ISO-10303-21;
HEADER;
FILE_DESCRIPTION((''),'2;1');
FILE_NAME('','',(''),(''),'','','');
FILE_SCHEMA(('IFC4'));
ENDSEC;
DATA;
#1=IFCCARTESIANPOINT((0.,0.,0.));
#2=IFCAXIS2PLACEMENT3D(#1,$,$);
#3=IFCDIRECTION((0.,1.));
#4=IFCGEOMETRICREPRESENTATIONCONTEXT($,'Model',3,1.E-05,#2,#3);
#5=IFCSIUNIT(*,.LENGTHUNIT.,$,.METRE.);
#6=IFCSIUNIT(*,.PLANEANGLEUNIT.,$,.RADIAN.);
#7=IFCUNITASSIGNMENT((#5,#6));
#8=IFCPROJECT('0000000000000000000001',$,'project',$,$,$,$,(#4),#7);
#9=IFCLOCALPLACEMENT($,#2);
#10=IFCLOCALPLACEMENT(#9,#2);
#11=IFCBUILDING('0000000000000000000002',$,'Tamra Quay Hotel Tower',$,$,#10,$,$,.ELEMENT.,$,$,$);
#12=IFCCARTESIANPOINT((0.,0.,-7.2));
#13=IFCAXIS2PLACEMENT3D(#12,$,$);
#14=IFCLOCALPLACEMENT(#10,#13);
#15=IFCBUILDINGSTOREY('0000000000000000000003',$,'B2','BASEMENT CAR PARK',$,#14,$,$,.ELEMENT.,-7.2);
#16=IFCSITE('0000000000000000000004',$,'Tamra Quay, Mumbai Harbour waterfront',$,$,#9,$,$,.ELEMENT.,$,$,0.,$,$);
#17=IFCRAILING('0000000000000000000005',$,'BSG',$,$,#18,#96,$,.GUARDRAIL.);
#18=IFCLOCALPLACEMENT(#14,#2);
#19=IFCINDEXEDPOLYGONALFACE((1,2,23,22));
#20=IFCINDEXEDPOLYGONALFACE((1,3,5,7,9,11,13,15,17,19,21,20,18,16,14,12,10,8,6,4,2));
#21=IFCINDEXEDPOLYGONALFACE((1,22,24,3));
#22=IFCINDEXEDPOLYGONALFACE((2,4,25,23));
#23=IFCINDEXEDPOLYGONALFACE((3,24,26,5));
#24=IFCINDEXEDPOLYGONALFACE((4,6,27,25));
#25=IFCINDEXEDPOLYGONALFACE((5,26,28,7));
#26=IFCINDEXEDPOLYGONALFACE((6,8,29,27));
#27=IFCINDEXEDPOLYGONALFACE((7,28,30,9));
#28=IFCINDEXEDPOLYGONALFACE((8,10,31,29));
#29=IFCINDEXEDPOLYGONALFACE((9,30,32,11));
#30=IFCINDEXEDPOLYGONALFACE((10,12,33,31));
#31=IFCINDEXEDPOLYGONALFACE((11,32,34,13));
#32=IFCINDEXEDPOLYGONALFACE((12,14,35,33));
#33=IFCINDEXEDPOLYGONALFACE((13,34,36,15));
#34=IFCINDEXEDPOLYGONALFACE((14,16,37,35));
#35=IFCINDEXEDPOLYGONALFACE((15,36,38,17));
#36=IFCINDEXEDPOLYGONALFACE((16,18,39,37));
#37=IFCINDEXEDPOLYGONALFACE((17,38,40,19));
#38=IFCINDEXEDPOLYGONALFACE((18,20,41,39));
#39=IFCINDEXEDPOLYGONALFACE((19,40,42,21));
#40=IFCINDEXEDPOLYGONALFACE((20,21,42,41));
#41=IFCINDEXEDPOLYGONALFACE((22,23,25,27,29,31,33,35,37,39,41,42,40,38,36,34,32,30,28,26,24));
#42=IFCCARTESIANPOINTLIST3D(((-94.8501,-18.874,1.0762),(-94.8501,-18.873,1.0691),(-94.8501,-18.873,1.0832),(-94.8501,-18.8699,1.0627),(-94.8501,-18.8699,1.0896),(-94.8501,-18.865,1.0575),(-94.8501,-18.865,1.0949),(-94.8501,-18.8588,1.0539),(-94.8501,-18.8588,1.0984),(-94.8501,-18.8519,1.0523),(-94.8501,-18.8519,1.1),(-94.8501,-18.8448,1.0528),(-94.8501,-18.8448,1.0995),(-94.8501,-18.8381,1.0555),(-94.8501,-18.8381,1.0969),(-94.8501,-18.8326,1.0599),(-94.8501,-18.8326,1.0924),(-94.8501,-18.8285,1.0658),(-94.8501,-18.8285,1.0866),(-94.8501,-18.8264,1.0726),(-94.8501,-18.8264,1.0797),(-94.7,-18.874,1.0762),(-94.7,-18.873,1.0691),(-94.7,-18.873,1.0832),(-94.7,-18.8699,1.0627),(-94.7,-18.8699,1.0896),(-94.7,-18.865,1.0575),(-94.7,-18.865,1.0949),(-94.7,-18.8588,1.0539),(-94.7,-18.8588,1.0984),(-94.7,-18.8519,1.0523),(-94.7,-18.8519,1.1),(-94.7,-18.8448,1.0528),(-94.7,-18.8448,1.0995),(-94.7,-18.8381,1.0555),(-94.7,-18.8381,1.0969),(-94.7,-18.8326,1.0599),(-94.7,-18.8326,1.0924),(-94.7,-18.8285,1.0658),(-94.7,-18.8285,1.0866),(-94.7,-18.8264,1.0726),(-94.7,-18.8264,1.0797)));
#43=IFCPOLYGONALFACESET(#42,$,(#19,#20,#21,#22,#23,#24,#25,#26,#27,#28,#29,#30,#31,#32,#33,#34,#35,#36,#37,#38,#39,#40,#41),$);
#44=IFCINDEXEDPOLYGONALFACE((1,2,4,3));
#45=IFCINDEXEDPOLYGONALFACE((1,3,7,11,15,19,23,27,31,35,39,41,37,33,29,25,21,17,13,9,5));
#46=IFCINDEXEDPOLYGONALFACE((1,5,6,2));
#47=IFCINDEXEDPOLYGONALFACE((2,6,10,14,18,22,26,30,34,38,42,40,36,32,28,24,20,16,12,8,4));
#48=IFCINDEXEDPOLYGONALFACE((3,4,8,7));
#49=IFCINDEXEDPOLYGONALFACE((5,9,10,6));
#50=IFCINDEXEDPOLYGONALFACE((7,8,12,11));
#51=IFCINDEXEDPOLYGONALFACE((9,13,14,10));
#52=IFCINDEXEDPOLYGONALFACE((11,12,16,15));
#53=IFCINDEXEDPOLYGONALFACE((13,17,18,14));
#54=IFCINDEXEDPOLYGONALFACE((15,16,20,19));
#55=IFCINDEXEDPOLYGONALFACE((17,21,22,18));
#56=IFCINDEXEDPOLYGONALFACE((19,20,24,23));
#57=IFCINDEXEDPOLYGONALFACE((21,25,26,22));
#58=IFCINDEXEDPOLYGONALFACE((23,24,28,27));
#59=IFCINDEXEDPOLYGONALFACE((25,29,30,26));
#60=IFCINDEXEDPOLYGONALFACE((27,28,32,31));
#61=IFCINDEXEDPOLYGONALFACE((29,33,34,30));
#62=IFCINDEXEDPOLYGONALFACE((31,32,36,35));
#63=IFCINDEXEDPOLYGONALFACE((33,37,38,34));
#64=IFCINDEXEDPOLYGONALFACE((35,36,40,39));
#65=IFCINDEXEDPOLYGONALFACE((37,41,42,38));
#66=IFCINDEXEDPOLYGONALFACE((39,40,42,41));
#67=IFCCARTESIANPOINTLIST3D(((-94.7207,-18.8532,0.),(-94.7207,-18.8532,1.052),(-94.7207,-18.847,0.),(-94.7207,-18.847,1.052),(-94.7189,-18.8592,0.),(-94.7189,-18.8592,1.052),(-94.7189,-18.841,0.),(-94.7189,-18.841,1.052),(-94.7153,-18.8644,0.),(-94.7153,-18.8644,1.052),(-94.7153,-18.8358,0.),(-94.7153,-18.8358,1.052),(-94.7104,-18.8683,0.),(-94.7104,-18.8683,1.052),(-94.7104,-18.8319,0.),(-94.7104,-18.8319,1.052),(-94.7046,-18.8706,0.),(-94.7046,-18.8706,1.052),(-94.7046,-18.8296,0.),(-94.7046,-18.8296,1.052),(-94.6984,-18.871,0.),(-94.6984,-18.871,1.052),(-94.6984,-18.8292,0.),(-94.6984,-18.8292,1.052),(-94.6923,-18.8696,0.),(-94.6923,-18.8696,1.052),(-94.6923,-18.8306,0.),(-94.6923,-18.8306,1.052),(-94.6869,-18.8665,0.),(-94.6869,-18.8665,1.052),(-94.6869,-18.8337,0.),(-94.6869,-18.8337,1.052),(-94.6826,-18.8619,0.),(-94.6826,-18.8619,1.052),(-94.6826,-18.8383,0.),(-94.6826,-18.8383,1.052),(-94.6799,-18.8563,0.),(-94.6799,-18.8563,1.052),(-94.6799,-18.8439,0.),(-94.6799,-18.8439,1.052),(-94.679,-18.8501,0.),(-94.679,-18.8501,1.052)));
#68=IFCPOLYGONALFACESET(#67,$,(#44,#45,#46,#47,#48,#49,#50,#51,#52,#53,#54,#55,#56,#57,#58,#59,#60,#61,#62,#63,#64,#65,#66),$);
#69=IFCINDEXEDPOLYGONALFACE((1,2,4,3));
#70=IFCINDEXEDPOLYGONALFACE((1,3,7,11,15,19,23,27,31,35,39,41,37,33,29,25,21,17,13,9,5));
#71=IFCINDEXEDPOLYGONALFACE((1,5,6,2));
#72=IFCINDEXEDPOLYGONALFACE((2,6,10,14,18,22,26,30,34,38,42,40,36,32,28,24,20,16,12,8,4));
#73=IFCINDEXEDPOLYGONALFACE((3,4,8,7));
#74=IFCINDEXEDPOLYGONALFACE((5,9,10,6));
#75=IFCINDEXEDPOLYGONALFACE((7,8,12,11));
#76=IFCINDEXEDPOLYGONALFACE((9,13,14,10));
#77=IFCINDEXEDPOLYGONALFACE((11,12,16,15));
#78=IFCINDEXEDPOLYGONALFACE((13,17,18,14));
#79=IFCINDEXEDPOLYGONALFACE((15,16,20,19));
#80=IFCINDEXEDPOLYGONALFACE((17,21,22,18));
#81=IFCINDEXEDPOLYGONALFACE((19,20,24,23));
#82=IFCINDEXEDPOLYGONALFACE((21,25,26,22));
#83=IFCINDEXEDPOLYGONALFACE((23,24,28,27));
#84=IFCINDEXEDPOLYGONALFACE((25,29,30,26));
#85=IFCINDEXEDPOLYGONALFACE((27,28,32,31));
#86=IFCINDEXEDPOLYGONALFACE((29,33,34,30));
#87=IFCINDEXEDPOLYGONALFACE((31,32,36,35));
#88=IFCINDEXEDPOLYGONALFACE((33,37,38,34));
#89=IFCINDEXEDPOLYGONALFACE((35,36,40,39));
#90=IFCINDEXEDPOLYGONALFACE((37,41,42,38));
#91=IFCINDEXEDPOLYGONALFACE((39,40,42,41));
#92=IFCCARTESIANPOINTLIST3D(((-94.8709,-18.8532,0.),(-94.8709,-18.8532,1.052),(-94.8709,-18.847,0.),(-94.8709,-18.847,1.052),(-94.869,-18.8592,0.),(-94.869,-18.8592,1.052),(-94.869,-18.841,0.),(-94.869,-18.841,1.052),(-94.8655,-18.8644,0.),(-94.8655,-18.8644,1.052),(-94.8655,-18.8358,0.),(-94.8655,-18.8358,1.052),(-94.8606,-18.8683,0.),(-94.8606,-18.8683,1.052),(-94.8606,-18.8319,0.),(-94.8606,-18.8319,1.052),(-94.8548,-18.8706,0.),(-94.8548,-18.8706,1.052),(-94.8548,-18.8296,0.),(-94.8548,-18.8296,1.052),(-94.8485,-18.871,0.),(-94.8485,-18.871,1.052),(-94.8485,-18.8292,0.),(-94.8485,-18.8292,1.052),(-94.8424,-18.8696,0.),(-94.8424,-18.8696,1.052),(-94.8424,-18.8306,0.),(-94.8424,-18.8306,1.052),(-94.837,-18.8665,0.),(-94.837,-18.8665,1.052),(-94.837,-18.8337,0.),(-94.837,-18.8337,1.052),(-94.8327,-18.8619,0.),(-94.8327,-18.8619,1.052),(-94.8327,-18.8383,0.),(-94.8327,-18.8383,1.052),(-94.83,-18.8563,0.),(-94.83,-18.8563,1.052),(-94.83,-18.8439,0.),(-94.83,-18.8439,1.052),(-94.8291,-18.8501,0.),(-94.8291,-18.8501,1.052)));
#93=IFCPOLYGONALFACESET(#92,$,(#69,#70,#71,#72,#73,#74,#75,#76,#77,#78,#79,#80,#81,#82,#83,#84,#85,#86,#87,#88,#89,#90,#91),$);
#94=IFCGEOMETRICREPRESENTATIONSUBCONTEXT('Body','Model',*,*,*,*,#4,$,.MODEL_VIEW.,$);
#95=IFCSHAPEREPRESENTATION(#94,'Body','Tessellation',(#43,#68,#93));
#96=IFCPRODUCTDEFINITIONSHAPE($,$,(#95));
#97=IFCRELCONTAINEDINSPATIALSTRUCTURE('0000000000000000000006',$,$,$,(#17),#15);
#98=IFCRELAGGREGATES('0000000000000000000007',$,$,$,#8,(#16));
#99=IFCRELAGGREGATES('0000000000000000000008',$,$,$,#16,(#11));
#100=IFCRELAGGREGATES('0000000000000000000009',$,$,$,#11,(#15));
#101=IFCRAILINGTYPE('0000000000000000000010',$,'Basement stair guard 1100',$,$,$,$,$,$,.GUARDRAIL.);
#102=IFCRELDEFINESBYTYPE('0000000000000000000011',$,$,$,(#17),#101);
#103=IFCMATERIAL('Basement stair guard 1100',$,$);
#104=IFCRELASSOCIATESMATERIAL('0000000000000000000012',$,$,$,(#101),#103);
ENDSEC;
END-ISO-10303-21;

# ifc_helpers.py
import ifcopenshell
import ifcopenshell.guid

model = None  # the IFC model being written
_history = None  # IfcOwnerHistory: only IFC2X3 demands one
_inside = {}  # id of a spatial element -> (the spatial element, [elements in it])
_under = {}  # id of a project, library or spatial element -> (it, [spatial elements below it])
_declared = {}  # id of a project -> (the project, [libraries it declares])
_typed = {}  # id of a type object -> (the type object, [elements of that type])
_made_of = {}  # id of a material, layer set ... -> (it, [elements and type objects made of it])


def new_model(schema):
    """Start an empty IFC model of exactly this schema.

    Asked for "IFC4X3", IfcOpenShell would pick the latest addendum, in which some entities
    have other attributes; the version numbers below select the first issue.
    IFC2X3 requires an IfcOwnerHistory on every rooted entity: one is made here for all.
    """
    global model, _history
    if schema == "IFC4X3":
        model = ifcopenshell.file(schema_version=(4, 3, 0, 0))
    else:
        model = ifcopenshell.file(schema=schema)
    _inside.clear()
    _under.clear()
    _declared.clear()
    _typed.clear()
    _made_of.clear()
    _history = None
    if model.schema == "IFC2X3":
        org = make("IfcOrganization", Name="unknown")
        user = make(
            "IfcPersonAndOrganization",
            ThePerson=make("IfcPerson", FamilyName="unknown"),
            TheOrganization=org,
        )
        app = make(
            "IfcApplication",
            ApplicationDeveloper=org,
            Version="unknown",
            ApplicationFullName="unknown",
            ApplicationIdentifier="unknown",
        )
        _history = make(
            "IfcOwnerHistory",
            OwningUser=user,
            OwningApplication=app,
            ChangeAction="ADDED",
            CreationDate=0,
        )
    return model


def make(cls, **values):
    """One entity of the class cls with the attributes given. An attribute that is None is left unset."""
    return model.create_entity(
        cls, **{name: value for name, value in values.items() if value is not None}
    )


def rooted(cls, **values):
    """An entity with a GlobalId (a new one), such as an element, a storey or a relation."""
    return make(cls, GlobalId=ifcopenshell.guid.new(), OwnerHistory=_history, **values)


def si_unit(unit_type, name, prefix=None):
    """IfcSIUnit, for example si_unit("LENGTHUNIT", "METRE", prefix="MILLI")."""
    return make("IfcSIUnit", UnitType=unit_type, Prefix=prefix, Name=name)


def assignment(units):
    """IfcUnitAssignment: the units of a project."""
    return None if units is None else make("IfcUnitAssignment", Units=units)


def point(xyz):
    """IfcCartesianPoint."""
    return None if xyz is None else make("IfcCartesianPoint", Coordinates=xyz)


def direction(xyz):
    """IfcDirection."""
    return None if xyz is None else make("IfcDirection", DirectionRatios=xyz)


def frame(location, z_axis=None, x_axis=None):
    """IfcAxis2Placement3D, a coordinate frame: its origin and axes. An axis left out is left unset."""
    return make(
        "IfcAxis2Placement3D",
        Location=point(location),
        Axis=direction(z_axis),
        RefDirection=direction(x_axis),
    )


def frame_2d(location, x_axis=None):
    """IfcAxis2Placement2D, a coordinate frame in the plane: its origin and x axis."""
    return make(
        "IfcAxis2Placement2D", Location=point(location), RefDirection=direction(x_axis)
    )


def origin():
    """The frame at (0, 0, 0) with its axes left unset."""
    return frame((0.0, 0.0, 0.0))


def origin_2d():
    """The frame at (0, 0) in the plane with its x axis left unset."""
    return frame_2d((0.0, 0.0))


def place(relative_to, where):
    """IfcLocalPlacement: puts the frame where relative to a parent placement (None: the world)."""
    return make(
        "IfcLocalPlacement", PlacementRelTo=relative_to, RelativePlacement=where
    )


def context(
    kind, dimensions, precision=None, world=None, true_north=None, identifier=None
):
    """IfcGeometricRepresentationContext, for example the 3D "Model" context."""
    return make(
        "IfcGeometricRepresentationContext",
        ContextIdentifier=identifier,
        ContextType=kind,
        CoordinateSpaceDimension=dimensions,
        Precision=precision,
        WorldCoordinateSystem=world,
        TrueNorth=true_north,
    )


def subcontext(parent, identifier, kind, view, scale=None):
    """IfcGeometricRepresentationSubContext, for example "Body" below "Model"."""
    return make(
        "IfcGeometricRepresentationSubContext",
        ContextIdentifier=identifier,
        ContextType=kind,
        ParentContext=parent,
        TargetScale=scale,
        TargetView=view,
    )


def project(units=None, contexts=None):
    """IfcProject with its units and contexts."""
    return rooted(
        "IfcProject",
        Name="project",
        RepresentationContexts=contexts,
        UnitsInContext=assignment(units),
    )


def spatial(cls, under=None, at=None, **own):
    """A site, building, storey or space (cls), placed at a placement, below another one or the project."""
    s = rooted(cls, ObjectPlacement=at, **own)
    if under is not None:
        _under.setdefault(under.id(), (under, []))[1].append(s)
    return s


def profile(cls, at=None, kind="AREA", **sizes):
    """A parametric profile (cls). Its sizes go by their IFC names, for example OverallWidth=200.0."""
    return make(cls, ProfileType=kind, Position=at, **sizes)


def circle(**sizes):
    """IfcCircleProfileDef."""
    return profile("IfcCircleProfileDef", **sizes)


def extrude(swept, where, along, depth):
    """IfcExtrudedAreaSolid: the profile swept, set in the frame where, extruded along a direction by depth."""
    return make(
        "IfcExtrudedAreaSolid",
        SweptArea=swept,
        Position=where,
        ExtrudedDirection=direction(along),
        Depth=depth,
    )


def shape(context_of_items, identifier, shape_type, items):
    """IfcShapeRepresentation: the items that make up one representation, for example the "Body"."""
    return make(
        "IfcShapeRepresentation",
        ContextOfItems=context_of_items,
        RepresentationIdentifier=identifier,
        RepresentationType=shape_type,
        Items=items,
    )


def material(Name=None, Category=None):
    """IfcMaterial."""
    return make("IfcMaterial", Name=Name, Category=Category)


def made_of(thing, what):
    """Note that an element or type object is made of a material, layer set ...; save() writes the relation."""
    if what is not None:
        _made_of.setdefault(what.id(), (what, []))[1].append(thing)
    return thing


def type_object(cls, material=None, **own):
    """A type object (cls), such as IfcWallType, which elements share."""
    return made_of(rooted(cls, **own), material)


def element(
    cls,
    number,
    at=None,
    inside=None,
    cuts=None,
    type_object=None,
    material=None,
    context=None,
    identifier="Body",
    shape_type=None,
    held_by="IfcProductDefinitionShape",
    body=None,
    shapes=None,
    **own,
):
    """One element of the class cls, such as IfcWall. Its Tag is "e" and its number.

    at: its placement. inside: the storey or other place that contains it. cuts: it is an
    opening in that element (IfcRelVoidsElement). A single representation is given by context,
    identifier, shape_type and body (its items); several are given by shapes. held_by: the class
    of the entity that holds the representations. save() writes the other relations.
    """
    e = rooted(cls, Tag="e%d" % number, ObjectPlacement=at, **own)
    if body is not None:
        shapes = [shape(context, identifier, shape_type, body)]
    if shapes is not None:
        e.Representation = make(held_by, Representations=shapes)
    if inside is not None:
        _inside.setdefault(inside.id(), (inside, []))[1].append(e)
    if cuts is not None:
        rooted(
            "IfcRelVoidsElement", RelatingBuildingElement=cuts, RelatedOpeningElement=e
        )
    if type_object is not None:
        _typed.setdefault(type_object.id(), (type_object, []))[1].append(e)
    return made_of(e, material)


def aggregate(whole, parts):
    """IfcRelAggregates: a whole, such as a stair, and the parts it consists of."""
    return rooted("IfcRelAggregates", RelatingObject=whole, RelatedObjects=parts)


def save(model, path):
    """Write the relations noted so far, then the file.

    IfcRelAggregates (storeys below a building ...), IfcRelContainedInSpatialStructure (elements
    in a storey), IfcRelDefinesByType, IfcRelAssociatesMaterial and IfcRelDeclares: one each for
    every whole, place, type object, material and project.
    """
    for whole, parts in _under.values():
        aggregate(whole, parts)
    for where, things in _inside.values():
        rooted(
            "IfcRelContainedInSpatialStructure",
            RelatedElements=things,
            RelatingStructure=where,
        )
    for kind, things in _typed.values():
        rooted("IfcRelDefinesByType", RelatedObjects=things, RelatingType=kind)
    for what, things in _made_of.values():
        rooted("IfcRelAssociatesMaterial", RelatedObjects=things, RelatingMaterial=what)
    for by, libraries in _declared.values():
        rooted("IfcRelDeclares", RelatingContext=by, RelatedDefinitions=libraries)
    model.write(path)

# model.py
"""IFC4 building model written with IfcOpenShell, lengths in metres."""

from ifc_helpers import new_model, si_unit, direction, frame, origin, origin_2d, place, context, subcontext, project, spatial, circle, extrude, material, type_object, element, save


model = new_model("IFC4")

# Units and contexts
model_context = context("Model", 3, precision=1e-05, world=origin(), true_north=direction((0.0, 1.0)))
body_context = subcontext(model_context, "Body", "Model", "MODEL_VIEW")
ifc_project = project(units=[si_unit("LENGTHUNIT", "METRE"), si_unit("PLANEANGLEUNIT", "RADIAN")], contexts=[model_context])

# Site, building, storey
site_placement = place(None, origin())
site = spatial("IfcSite", under=ifc_project, at=site_placement, Name="Tamra Quay, Mumbai Harbour waterfront", CompositionType="ELEMENT", RefElevation=0.0)
building_placement = place(site_placement, origin())
building = spatial("IfcBuilding", under=site, at=building_placement, Name="Tamra Quay Hotel Tower", CompositionType="ELEMENT")
storey_placement = place(building_placement, frame((0.0, 0.0, -7.2)))
storey = spatial("IfcBuildingStorey", under=building, at=storey_placement, Name="B2", Description="BASEMENT CAR PARK", CompositionType="ELEMENT", Elevation=-7.2)

# Railing
ifc_material_1 = material(Name="Basement stair guard 1100")
railing_type_1 = type_object("IfcRailingType", Name="Basement stair guard 1100", PredefinedType="GUARDRAIL", material=ifc_material_1)
railing_1_placement = place(storey_placement, frame((-94.7, -18.8501, 0.0)))
element("IfcRailing", 1, at=railing_1_placement, inside=storey, type_object=railing_type_1, Name="BSG", PredefinedType="GUARDRAIL", context=body_context, shape_type="SweptSolid", body=[
    extrude(circle(Radius=0.0239, at=origin_2d()), frame((0.0, 0.0, 1.0762), z_axis=(-1.0, 0.0, 0.0), x_axis=(0.0, -1.0, 0.0)), (0.0, 0.0, 1.0), 0.1501),
    extrude(circle(Radius=0.021, at=origin_2d()), origin(), (0.0, 0.0, 1.0), 1.052),
    extrude(circle(Radius=0.021, at=origin_2d()), frame((-0.1501, 0.0, 0.0)), (0.0, 0.0, 1.0), 1.052),
])

save(model, "model.ifc")
